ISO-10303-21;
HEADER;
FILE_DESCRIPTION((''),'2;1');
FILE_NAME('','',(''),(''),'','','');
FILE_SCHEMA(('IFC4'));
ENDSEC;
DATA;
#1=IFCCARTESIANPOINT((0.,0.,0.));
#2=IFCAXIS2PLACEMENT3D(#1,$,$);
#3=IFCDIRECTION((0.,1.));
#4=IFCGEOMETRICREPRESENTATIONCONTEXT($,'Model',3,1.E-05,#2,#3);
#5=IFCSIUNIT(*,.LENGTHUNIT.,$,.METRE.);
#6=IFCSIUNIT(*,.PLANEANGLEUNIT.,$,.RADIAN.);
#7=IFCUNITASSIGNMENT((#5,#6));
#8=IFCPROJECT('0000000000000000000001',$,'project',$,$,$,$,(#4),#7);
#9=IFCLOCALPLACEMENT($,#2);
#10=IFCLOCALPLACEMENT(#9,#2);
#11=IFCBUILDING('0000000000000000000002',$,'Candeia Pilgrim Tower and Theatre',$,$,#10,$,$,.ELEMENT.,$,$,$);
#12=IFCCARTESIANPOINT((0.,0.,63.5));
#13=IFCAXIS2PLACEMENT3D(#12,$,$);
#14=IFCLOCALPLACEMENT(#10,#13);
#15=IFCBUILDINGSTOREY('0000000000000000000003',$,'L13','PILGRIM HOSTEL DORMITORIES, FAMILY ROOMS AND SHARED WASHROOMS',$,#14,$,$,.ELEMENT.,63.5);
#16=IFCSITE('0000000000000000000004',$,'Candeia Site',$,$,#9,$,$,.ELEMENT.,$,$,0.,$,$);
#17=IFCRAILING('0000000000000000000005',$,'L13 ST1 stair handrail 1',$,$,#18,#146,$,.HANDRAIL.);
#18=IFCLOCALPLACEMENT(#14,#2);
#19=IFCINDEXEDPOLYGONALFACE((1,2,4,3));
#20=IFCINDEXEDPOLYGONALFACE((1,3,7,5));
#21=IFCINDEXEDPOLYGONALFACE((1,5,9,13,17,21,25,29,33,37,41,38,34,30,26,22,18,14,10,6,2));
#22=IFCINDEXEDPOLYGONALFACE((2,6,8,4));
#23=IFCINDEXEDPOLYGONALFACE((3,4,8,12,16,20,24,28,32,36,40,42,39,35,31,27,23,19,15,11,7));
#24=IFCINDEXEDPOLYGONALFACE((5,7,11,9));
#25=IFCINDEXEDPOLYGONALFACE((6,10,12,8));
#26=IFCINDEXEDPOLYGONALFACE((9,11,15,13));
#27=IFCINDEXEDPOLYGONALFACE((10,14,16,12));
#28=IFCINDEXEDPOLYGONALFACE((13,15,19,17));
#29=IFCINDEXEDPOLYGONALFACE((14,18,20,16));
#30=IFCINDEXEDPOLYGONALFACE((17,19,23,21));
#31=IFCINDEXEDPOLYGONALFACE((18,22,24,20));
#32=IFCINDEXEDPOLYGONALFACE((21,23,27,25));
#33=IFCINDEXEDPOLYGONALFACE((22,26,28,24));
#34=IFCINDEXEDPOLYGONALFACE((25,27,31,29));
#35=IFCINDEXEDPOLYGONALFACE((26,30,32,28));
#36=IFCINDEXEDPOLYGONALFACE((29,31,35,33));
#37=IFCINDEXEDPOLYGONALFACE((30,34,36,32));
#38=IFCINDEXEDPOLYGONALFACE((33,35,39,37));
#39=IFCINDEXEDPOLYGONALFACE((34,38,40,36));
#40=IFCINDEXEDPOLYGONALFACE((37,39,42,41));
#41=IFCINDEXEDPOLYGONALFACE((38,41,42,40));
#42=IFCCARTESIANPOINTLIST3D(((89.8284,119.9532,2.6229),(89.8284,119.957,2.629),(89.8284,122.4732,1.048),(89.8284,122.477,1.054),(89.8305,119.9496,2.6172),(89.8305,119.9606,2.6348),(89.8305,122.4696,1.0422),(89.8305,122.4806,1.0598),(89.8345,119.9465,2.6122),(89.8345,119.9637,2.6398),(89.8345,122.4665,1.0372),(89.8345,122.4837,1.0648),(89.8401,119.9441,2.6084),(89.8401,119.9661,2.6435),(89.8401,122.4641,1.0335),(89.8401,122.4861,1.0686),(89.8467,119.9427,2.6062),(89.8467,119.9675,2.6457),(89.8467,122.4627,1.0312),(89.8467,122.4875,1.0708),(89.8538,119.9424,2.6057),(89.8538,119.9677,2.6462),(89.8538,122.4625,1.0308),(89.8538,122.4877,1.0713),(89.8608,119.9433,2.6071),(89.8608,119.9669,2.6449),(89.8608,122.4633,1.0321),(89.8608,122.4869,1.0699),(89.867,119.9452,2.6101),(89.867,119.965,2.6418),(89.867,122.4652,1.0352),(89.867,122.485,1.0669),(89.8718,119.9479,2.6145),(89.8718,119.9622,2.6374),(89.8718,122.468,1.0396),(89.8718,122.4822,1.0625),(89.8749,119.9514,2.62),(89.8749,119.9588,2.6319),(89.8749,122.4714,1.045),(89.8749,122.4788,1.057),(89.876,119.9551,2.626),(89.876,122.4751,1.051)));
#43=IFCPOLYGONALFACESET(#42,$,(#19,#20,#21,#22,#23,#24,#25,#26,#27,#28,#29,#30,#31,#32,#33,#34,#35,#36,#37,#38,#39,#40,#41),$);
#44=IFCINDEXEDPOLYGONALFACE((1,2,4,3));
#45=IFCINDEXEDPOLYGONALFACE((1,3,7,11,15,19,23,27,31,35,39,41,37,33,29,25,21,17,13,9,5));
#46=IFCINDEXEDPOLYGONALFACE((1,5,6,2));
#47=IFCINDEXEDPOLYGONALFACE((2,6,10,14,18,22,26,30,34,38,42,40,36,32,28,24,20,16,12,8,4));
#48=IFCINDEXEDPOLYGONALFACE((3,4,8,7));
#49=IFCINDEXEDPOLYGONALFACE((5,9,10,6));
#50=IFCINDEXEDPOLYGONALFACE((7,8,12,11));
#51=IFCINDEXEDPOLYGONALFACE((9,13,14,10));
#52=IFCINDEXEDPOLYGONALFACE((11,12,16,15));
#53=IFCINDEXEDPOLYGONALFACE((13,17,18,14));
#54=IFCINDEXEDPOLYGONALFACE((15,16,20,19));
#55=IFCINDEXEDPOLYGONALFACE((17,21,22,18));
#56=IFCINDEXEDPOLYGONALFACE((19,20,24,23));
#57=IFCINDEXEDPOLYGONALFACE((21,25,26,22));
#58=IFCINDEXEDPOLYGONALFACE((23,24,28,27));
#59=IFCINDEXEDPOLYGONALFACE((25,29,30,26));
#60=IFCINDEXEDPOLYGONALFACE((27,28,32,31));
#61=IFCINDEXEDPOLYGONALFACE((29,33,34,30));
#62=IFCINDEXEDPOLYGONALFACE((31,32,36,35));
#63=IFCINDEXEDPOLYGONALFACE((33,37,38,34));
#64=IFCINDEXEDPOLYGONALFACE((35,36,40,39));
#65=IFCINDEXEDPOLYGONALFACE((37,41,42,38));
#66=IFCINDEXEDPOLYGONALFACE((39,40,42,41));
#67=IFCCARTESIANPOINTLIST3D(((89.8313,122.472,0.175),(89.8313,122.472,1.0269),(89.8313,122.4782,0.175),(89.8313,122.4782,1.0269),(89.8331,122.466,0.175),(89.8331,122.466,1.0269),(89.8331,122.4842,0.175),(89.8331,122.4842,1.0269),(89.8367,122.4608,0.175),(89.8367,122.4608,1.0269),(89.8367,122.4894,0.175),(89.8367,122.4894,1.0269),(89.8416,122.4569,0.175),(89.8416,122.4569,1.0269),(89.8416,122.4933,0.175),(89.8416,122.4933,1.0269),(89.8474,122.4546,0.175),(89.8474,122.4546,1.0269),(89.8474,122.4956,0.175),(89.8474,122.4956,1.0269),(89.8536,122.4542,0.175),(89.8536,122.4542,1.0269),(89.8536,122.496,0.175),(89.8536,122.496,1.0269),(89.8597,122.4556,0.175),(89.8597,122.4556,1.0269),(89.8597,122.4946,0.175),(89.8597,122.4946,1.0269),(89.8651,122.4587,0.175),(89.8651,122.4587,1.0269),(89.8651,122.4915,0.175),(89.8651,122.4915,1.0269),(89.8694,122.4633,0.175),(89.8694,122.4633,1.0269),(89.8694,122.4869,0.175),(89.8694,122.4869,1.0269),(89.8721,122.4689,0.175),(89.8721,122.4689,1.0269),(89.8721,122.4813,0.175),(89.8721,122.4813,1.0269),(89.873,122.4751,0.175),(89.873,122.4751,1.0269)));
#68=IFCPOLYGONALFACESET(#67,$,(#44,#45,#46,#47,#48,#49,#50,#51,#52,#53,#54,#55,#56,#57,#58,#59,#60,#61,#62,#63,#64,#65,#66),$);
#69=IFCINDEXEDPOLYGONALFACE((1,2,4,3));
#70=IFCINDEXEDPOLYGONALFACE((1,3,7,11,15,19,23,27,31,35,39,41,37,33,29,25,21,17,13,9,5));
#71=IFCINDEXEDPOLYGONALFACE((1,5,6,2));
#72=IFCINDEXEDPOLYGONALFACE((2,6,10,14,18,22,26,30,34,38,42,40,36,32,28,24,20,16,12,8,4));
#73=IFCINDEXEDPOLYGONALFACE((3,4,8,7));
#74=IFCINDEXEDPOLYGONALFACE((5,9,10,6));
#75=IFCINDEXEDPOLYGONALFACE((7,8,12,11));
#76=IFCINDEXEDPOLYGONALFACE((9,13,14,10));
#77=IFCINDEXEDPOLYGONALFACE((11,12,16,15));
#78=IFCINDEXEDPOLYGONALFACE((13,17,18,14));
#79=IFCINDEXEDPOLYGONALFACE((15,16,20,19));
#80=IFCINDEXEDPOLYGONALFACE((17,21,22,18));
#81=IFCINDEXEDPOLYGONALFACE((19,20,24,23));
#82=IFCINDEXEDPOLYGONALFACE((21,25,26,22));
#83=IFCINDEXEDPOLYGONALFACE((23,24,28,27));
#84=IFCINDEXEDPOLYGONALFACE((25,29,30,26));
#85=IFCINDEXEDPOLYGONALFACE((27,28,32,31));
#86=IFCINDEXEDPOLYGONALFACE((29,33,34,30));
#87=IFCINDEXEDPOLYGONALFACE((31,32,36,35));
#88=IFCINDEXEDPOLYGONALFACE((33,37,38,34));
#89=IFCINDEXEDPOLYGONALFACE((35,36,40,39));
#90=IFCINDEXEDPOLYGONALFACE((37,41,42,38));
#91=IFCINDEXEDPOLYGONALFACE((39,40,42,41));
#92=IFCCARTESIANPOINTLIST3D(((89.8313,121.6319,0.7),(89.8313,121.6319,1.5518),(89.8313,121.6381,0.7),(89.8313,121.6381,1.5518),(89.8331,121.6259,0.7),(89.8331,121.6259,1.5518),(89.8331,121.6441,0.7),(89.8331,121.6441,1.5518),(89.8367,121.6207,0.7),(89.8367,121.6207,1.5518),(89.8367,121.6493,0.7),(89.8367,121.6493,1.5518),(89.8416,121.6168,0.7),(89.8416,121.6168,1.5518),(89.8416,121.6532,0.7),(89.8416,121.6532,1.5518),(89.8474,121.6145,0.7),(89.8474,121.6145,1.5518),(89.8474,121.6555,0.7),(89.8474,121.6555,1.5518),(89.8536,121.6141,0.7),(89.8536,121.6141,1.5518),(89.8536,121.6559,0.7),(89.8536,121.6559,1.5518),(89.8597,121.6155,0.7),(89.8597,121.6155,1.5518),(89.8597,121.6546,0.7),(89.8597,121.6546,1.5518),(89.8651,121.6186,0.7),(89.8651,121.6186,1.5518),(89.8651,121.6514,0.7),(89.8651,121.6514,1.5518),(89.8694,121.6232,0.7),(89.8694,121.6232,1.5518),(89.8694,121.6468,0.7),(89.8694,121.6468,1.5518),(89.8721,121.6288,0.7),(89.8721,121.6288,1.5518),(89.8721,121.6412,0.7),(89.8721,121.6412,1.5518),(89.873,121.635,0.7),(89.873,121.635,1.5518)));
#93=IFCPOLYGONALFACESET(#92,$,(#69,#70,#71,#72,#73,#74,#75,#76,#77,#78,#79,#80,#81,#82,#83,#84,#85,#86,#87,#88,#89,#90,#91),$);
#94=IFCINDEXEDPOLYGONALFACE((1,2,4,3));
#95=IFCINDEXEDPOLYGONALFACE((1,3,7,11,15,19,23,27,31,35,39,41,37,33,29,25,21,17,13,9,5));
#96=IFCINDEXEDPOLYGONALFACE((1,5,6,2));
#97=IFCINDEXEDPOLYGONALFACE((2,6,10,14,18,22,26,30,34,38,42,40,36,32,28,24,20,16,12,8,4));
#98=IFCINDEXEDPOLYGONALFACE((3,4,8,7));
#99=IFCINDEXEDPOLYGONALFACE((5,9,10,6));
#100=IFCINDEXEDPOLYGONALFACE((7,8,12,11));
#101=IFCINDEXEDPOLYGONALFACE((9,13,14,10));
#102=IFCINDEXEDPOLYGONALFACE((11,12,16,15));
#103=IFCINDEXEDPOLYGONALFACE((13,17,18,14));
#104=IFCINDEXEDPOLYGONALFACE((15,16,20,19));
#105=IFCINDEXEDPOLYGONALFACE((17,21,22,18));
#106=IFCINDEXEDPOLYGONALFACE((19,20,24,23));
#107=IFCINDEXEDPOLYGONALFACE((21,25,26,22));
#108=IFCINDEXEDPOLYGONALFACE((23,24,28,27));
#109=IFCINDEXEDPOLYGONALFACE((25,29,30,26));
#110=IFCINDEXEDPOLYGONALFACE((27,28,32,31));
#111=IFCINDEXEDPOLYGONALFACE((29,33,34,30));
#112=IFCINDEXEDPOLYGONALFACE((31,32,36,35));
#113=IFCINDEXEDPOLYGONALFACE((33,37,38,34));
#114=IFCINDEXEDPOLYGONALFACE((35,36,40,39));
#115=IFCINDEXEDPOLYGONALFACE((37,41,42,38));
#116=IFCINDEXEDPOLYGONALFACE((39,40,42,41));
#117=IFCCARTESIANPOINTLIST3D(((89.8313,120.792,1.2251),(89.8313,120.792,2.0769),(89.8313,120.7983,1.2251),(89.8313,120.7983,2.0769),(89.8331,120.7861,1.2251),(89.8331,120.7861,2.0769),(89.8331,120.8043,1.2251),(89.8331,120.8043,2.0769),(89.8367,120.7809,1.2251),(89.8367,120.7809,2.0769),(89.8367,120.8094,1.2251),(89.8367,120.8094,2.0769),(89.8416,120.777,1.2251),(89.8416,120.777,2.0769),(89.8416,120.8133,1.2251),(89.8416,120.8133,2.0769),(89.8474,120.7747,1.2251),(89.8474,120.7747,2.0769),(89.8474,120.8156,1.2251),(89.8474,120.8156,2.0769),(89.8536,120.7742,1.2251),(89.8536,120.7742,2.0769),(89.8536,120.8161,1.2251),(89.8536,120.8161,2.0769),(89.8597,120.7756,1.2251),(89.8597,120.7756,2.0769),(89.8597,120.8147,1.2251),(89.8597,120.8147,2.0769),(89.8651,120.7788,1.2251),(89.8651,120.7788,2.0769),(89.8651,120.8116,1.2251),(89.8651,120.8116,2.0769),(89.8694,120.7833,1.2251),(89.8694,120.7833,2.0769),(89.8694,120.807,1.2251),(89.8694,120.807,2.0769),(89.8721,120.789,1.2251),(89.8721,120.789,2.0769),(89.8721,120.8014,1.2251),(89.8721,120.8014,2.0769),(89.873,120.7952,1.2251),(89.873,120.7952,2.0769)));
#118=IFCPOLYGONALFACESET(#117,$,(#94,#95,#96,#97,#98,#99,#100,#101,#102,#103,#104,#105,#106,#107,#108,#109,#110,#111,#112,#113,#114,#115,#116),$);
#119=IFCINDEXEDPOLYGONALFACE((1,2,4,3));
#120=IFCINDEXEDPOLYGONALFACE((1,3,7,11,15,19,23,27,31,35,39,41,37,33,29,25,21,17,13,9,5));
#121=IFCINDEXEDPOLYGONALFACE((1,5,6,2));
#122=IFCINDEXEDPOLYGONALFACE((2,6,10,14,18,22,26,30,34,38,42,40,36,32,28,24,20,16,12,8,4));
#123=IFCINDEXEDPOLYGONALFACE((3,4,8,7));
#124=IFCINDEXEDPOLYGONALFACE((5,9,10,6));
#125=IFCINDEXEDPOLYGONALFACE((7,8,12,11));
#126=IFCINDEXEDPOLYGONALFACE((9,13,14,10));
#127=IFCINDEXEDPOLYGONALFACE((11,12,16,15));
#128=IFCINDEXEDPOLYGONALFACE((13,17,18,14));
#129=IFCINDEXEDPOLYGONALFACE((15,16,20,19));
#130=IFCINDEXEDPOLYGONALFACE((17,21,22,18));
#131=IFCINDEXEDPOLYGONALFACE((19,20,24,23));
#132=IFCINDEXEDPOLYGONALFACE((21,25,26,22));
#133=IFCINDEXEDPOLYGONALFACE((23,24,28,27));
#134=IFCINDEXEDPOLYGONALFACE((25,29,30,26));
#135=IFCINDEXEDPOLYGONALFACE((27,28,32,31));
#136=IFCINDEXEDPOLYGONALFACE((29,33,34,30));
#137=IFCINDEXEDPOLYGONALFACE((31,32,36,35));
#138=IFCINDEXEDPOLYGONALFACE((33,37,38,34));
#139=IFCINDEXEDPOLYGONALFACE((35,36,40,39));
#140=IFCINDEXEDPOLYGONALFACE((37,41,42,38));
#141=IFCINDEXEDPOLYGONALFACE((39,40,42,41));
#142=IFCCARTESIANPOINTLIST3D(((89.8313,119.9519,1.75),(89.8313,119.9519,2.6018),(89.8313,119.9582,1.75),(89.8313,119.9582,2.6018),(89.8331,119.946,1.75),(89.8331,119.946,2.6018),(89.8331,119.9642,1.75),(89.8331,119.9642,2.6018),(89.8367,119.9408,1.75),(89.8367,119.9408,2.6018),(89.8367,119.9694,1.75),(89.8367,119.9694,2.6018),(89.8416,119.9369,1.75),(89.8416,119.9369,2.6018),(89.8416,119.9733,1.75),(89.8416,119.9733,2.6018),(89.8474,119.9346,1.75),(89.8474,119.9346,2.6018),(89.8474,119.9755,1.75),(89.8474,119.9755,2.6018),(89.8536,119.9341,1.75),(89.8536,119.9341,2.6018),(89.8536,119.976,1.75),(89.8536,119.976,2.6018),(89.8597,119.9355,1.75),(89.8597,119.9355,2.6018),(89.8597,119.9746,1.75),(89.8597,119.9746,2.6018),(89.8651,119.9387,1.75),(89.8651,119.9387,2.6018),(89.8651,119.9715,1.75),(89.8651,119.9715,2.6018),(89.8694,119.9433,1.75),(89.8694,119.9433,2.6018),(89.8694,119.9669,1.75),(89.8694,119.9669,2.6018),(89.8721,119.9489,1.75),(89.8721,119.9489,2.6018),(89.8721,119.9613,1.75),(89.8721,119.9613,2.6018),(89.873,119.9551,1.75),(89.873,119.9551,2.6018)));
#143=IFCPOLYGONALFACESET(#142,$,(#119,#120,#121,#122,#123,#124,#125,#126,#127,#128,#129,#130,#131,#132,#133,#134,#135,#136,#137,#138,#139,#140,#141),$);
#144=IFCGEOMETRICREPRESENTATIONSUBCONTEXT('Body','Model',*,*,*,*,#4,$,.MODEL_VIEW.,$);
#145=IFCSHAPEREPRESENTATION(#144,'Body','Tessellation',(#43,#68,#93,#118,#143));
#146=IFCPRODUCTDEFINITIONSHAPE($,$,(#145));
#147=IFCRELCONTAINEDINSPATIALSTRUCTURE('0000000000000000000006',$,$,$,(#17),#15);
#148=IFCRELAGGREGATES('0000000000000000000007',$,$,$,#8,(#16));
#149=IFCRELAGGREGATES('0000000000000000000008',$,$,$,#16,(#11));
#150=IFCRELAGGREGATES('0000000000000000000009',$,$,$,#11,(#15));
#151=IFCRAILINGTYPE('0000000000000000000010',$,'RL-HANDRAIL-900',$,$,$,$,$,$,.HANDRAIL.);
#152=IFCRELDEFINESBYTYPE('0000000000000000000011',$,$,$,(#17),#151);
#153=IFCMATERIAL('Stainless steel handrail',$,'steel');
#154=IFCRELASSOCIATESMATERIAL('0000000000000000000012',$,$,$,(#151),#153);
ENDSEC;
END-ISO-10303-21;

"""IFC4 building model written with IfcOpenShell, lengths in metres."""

from ifc_helpers import new_model, si_unit, direction, frame, origin, origin_2d, place, context, subcontext, project, spatial, circle, extrude, material, type_object, element, save


model = new_model("IFC4")

# Units and contexts
model_context = context("Model", 3, precision=1e-05, world=origin(), true_north=direction((0.0, 1.0)))
body_context = subcontext(model_context, "Body", "Model", "MODEL_VIEW")
ifc_project = project(units=[si_unit("LENGTHUNIT", "METRE"), si_unit("PLANEANGLEUNIT", "RADIAN")], contexts=[model_context])

# Site, building, storey
site_placement = place(None, origin())
site = spatial("IfcSite", under=ifc_project, at=site_placement, Name="Candeia Site", CompositionType="ELEMENT", RefElevation=0.0)
building_placement = place(site_placement, origin())
building = spatial("IfcBuilding", under=site, at=building_placement, Name="Candeia Pilgrim Tower and Theatre", CompositionType="ELEMENT")
storey_placement = place(building_placement, frame((0.0, 0.0, 63.5)))
storey = spatial("IfcBuildingStorey", under=building, at=storey_placement, Name="L13", Description="PILGRIM HOSTEL DORMITORIES, FAMILY ROOMS AND SHARED WASHROOMS", CompositionType="ELEMENT", Elevation=63.5)

# Railing
ifc_material_1 = material(Name="Stainless steel handrail", Category="steel")
railing_type_1 = type_object("IfcRailingType", Name="RL-HANDRAIL-900", PredefinedType="HANDRAIL", material=ifc_material_1)
for number, where, name in (
    (1, (89.8521, 122.4751, 0.175), "L13 ST1 stair handrail 1"),
):
    element("IfcRailing", number, at=place(storey_placement, frame(where)), inside=storey, type_object=railing_type_1, Name=name, PredefinedType="HANDRAIL", context=body_context, shape_type="SweptSolid", body=[
        extrude(circle(Radius=0.0239, at=origin_2d()), frame((0.0, 0.0, 0.876), z_axis=(0.0, -0.848008, 0.529984), x_axis=(1.0, 0.0, 0.0)), (0.0, 0.0, 1.0), 2.9717),
        extrude(circle(Radius=0.021, at=origin_2d()), origin(), (0.0, 0.0, 1.0), 0.8518),
        extrude(circle(Radius=0.021, at=origin_2d()), frame((0.0, -0.8401, 0.5249)), (0.0, 0.0, 1.0), 0.8518),
        extrude(circle(Radius=0.021, at=origin_2d()), frame((0.0, -1.6799, 1.05)), (0.0, 0.0, 1.0), 0.8518),
        extrude(circle(Radius=0.021, at=origin_2d()), frame((0.0, -2.52, 1.575)), (0.0, 0.0, 1.0), 0.8518),
    ])

save(model, "model.ifc")
